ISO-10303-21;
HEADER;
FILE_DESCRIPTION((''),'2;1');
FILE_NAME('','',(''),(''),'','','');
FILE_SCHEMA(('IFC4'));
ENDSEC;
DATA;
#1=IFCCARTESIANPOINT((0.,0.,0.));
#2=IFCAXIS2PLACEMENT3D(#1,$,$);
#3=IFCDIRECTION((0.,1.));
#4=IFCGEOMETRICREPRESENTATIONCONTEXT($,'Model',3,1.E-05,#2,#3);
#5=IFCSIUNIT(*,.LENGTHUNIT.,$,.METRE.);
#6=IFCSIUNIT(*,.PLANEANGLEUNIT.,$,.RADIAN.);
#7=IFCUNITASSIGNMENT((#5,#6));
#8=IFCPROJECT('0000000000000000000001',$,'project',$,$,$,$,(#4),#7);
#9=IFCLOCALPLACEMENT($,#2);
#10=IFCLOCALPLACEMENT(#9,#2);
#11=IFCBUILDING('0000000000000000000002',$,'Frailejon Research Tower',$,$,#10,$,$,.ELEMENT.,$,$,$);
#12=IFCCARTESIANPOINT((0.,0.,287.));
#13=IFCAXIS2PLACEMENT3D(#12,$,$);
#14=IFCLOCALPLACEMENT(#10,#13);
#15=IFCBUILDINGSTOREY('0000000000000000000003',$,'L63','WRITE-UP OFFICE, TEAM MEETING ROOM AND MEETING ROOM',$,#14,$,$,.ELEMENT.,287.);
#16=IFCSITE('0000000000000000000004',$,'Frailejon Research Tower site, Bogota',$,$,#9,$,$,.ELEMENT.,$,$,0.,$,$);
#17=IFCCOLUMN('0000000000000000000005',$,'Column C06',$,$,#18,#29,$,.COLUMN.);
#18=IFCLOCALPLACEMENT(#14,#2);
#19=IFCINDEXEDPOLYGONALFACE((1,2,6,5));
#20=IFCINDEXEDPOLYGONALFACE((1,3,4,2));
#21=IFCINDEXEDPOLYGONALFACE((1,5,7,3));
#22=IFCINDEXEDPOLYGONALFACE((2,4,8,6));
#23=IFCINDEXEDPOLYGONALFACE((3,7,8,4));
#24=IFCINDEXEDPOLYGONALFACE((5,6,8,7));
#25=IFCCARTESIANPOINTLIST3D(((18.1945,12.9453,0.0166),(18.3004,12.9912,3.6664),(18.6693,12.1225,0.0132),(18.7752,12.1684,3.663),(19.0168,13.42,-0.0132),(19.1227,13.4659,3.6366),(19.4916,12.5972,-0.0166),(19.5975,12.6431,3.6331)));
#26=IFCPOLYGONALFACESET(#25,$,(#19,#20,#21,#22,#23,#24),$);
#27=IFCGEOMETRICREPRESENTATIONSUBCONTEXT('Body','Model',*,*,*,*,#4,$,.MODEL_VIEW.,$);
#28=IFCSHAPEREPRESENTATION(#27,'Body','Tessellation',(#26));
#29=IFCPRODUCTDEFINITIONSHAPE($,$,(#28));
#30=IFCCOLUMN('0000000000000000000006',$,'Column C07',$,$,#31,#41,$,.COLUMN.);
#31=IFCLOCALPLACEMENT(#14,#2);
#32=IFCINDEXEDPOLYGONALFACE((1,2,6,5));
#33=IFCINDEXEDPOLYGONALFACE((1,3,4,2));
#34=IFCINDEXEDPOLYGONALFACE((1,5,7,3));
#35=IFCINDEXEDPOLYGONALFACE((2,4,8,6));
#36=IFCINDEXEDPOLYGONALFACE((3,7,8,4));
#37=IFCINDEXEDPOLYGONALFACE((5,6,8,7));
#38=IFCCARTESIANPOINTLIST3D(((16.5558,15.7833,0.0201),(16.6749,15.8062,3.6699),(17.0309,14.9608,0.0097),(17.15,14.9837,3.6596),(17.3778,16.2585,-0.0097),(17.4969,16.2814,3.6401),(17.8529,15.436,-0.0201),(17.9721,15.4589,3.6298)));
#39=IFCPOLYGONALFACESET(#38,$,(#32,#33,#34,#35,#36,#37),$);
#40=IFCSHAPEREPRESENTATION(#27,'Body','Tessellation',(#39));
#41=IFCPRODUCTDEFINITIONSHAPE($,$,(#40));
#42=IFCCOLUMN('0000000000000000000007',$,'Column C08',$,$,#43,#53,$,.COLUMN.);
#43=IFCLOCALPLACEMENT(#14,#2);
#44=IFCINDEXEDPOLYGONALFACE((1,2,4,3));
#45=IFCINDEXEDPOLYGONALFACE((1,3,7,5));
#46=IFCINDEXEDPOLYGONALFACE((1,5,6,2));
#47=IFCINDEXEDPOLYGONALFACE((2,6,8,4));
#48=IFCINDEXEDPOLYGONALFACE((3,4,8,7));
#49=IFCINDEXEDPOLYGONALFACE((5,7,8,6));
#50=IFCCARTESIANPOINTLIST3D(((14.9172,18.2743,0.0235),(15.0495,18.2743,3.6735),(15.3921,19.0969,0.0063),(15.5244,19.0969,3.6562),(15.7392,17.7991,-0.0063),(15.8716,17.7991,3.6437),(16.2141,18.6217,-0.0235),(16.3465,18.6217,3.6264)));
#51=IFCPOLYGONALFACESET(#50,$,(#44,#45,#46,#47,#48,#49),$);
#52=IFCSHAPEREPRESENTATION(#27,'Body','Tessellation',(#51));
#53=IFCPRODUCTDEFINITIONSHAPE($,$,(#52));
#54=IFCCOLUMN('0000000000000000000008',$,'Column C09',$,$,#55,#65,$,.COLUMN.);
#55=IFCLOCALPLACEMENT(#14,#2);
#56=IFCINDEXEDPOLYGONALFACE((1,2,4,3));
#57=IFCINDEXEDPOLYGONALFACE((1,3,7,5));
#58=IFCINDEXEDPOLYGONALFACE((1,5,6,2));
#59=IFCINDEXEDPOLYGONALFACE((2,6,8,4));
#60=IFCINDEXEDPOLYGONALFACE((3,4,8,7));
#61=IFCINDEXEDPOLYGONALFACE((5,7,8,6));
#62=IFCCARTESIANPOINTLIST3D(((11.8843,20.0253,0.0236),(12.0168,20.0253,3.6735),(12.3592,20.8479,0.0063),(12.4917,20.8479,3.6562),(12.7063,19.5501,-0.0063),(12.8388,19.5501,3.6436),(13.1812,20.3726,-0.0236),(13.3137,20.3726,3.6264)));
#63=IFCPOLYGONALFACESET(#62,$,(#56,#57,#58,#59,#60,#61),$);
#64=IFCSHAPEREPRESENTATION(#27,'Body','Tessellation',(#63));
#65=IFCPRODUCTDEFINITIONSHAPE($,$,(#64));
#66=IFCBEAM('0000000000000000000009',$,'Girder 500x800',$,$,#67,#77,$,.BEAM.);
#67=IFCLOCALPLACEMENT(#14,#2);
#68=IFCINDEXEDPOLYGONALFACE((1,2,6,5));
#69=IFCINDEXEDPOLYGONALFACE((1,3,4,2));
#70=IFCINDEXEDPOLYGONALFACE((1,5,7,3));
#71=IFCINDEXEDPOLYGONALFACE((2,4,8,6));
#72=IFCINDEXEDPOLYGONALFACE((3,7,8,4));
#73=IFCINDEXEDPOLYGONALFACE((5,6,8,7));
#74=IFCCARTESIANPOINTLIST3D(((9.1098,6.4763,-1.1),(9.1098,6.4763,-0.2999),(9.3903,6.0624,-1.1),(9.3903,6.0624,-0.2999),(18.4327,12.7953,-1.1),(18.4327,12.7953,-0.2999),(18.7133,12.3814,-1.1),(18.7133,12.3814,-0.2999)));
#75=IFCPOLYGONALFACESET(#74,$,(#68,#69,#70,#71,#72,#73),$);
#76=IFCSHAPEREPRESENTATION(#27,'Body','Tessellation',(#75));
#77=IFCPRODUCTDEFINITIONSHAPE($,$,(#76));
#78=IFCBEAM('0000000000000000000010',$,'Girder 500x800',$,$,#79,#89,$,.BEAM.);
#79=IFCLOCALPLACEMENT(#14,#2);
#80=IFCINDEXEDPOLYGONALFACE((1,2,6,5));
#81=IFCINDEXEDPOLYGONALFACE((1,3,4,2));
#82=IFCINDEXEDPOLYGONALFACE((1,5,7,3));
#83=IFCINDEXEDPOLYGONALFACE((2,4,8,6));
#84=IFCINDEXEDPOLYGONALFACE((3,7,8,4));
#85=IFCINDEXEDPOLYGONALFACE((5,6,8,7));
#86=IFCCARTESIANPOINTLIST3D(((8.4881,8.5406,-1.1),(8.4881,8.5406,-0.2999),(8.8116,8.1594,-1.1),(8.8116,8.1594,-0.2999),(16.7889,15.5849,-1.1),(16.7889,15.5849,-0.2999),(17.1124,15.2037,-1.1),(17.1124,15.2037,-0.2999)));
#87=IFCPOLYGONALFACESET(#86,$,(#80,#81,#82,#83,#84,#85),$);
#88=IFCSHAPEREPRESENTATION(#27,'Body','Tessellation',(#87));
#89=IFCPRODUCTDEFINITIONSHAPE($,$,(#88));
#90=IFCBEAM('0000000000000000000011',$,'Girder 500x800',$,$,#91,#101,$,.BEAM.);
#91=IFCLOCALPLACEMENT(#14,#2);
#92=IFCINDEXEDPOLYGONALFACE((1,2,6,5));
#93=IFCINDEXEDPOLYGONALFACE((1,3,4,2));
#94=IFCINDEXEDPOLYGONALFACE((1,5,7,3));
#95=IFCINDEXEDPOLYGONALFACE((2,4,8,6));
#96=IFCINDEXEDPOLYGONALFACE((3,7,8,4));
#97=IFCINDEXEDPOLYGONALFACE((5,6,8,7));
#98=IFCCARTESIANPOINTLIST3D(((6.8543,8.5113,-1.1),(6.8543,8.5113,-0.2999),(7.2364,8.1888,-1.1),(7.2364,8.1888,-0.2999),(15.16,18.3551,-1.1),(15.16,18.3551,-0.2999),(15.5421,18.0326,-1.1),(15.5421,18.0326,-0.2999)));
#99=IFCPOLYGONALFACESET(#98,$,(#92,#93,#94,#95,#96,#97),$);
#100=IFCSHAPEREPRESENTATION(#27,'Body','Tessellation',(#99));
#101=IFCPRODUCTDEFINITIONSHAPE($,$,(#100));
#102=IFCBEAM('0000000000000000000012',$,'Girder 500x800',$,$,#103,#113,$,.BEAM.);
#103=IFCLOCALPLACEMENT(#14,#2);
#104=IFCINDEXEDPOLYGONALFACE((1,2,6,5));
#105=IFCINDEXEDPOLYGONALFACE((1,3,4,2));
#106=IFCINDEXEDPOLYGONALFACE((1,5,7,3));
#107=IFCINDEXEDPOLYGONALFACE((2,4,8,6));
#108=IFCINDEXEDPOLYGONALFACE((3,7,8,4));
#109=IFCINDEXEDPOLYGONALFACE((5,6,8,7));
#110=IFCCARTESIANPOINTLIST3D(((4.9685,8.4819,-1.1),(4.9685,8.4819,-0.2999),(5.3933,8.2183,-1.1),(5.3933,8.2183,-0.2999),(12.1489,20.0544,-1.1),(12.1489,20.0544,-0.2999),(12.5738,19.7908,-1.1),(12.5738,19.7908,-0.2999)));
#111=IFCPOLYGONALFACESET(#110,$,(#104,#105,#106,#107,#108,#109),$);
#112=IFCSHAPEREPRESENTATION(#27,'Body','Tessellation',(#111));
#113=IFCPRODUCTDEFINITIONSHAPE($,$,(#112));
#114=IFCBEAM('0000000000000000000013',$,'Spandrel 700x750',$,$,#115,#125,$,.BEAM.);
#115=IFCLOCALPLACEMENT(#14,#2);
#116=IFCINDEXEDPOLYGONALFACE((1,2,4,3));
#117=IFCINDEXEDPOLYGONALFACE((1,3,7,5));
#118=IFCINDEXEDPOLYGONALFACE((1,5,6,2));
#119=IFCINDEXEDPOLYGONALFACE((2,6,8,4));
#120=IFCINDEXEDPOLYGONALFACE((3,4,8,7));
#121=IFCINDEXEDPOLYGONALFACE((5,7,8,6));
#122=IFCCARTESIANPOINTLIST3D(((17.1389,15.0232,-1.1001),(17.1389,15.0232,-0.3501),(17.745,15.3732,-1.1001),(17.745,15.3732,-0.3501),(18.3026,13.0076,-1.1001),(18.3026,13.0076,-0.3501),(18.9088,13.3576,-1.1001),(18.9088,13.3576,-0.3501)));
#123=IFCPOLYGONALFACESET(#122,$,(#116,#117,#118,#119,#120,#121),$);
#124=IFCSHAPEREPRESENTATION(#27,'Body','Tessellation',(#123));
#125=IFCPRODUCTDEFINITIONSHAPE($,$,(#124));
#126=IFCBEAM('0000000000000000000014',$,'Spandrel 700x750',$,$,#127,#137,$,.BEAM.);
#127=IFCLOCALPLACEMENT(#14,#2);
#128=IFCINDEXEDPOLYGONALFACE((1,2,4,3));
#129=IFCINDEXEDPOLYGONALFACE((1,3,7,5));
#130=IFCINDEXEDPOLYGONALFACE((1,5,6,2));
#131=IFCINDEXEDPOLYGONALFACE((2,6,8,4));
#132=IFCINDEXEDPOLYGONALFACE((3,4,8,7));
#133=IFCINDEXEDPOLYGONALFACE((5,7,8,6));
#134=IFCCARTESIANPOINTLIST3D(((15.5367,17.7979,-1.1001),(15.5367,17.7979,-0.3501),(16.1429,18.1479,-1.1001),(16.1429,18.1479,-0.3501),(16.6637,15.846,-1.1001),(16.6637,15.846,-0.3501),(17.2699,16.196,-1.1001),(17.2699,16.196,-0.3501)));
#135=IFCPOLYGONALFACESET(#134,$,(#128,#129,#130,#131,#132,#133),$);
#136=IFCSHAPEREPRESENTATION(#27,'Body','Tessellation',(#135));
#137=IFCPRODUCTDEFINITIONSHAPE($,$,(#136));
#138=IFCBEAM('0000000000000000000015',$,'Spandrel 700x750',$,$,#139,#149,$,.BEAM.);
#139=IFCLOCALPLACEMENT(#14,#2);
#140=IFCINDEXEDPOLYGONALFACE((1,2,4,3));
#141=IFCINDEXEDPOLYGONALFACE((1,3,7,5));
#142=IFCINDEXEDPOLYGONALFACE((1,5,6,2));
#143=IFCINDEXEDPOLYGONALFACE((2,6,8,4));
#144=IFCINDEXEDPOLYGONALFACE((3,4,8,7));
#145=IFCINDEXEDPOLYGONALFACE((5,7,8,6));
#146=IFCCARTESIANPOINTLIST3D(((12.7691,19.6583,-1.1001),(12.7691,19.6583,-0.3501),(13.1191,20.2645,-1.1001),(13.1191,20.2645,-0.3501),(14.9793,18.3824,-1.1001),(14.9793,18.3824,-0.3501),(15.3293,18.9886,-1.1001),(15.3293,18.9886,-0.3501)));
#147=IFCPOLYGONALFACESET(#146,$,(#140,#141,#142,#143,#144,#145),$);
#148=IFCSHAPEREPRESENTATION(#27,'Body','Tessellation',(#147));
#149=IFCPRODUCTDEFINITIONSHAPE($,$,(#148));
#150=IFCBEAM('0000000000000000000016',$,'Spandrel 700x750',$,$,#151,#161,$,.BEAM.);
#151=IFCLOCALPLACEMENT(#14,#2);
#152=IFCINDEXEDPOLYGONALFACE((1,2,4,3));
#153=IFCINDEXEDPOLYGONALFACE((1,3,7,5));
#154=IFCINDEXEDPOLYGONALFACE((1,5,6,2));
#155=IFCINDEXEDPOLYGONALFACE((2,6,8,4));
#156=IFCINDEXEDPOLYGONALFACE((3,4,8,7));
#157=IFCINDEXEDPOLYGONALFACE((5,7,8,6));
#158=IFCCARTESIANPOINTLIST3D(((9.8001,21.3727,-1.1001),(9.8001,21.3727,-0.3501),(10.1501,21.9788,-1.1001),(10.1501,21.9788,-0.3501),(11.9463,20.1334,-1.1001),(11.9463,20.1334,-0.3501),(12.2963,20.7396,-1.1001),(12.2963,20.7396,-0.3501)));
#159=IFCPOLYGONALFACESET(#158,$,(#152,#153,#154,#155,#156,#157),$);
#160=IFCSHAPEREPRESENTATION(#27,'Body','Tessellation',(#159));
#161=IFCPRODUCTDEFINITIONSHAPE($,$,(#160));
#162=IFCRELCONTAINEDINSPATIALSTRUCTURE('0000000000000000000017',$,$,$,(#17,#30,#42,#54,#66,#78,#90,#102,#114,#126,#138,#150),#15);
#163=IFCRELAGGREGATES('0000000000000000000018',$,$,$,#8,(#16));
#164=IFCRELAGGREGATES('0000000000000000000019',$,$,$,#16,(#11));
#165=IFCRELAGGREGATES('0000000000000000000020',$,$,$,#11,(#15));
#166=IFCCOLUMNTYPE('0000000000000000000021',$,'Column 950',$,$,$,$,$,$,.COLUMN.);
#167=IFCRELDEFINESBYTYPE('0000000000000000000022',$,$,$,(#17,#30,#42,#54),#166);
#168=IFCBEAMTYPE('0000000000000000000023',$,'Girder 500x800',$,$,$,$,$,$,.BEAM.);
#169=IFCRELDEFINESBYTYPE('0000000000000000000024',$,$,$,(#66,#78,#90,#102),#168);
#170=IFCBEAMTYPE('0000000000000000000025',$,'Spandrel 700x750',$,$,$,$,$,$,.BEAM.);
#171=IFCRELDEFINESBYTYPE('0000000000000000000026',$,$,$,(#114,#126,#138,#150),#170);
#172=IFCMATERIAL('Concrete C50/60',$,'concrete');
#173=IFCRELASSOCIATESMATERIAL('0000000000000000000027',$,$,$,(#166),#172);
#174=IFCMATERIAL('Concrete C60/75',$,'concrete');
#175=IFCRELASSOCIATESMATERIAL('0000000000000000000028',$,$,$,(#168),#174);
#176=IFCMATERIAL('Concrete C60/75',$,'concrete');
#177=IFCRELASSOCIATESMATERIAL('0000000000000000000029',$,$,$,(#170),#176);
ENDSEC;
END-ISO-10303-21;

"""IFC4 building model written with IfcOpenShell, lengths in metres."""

from ifc_helpers import new_model, si_unit, direction, frame, origin, origin_2d, place, context, subcontext, project, spatial, rectangle, extrude, material, material_profile, profile_set, type_object, element, save


model = new_model("IFC4")

# Units and contexts
model_context = context("Model", 3, precision=1e-05, world=origin(), true_north=direction((0.0, 1.0)))
body_context = subcontext(model_context, "Body", "Model", "MODEL_VIEW")
ifc_project = project(units=[si_unit("LENGTHUNIT", "METRE"), si_unit("PLANEANGLEUNIT", "RADIAN")], contexts=[model_context])

# Site, building, storey
site_placement = place(None, origin())
site = spatial("IfcSite", under=ifc_project, at=site_placement, Name="Frailejon Research Tower site, Bogota", CompositionType="ELEMENT", RefElevation=0.0)
building_placement = place(site_placement, origin())
building = spatial("IfcBuilding", under=site, at=building_placement, Name="Frailejon Research Tower", CompositionType="ELEMENT")
storey_placement = place(building_placement, frame((0.0, 0.0, 287.0)))
storey = spatial("IfcBuildingStorey", under=building, at=storey_placement, Name="L63", Description="WRITE-UP OFFICE, TEAM MEETING ROOM AND MEETING ROOM", CompositionType="ELEMENT", Elevation=287.0)

# Columns
ifc_material_1 = material(Name="Concrete C50/60", Category="concrete")
ifc_material_profile_1 = material_profile(ifc_material_1, rectangle(XDim=0.95, YDim=0.95, at=origin_2d()), Name="Column 950")
ifc_profile_set_1 = profile_set([ifc_material_profile_1], Name="Concrete C50/60")
column_type = type_object("IfcColumnType", Name="Column 950", PredefinedType="COLUMN", material=ifc_profile_set_1)
column_1_placement = place(storey_placement, frame((18.843, 12.7712, 0.0), z_axis=(0.029016, 0.012569, 0.9995), x_axis=(-0.499849, 0.866105, 0.003619)))
element("IfcColumn", 1, at=column_1_placement, inside=storey, type_object=column_type, Name="Column C06", PredefinedType="COLUMN", context=body_context, shape_type="SweptSolid", body=[
    extrude(rectangle(XDim=0.95, YDim=0.95, at=origin_2d()), origin(), (0.0, 0.0, 1.0), 3.6516),
])
column_2_placement = place(storey_placement, frame((17.2043, 15.6096, 0.0), z_axis=(0.032624, 0.006284, 0.999448), x_axis=(-0.500159, 0.865865, 0.010882)))
element("IfcColumn", 2, at=column_2_placement, inside=storey, type_object=column_type, Name="Column C07", PredefinedType="COLUMN", context=body_context, shape_type="SweptSolid", body=[
    extrude(rectangle(XDim=0.95, YDim=0.95, at=origin_2d()), origin(), (0.0, 0.0, 1.0), 3.6519),
])
for number, where, z_axis, x_axis, name in (
    (3, (15.5657, 18.448, 0.0), (0.03623, 0.0, 0.999343), (-0.865315, 0.500246, 0.031371), "Column C08"),
    (4, (12.5327, 20.199, 0.0), (0.036297, 0.0, 0.999341), (-0.865313, 0.500246, 0.031429), "Column C09"),
):
    element("IfcColumn", number, at=place(storey_placement, frame(where, z_axis=z_axis, x_axis=x_axis)), inside=storey, type_object=column_type, Name=name, PredefinedType="COLUMN", context=body_context, shape_type="SweptSolid", body=[
        extrude(rectangle(XDim=0.95, YDim=0.95, at=origin_2d()), origin(), (0.0, 0.0, 1.0), 3.6523),
    ])

# Beams
ifc_material_2 = material(Name="Concrete C60/75", Category="concrete")
ifc_material_profile_2 = material_profile(ifc_material_2, rectangle(XDim=0.5, YDim=0.8, at=origin_2d()), Name="Girder 500x800")
ifc_profile_set_2 = profile_set([ifc_material_profile_2], Name="Concrete C60/75")
beam_type_1 = type_object("IfcBeamType", Name="Girder 500x800", PredefinedType="BEAM", material=ifc_profile_set_2)
beam_1_placement = place(storey_placement, frame((18.573, 12.5884, -0.7), z_axis=(-0.827774, -0.561062, 0.0), x_axis=(0.561062, -0.827774, 0.0)))
element("IfcBeam", 5, at=beam_1_placement, inside=storey, type_object=beam_type_1, Name="Girder 500x800", PredefinedType="BEAM", context=body_context, shape_type="SweptSolid", body=[
    extrude(rectangle(XDim=0.5, YDim=0.8, at=origin_2d()), origin(), (0.0, 0.0, 1.0), 11.2627),
])
beam_2_placement = place(storey_placement, frame((16.9507, 15.3943, -0.7), z_axis=(-0.762459, -0.647036, 0.0), x_axis=(0.647036, -0.762459, 0.0)))
element("IfcBeam", 6, at=beam_2_placement, inside=storey, type_object=beam_type_1, Name="Girder 500x800", PredefinedType="BEAM", context=body_context, shape_type="SweptSolid", body=[
    extrude(rectangle(XDim=0.5, YDim=0.8, at=origin_2d()), origin(), (0.0, 0.0, 1.0), 10.887),
])
beam_3_placement = place(storey_placement, frame((15.3511, 18.1938, -0.7), z_axis=(-0.644871, -0.764291, 0.0), x_axis=(0.764291, -0.644871, 0.0)))
element("IfcBeam", 7, at=beam_3_placement, inside=storey, type_object=beam_type_1, Name="Girder 500x800", PredefinedType="BEAM", context=body_context, shape_type="SweptSolid", body=[
    extrude(rectangle(XDim=0.5, YDim=0.8, at=origin_2d()), origin(), (0.0, 0.0, 1.0), 12.8796),
])
beam_4_placement = place(storey_placement, frame((12.3613, 19.9226, -0.7), z_axis=(-0.527229, -0.849723, 0.0), x_axis=(0.849723, -0.527229, 0.0)))
element("IfcBeam", 8, at=beam_4_placement, inside=storey, type_object=beam_type_1, Name="Girder 500x800", PredefinedType="BEAM", context=body_context, shape_type="SweptSolid", body=[
    extrude(rectangle(XDim=0.5, YDim=0.8, at=origin_2d()), origin(), (0.0, 0.0, 1.0), 13.6191),
])
ifc_material_3 = material(Name="Concrete C60/75", Category="concrete")
ifc_material_profile_3 = material_profile(ifc_material_3, rectangle(XDim=0.7, YDim=0.75, at=origin_2d()), Name="Spandrel 700x750")
ifc_profile_set_3 = profile_set([ifc_material_profile_3], Name="Concrete C60/75")
beam_type_2 = type_object("IfcBeamType", Name="Spandrel 700x750", PredefinedType="BEAM", material=ifc_profile_set_3)
beam_5_placement = place(storey_placement, frame((18.6057, 13.1826, -0.7251), z_axis=(-0.500031, 0.866007, 0.0), x_axis=(-0.866007, -0.500031, 0.0)))
element("IfcBeam", 9, at=beam_5_placement, inside=storey, type_object=beam_type_2, Name="Spandrel 700x750", PredefinedType="BEAM", context=body_context, shape_type="SweptSolid", body=[
    extrude(rectangle(XDim=0.7, YDim=0.75, at=origin_2d()), origin(), (0.0, 0.0, 1.0), 2.3274),
])
beam_6_placement = place(storey_placement, frame((16.9668, 16.021, -0.7251), z_axis=(-0.500007, 0.866021, 0.0), x_axis=(-0.866021, -0.500007, 0.0)))
element("IfcBeam", 10, at=beam_6_placement, inside=storey, type_object=beam_type_2, Name="Spandrel 700x750", PredefinedType="BEAM", context=body_context, shape_type="SweptSolid", body=[
    extrude(rectangle(XDim=0.7, YDim=0.75, at=origin_2d()), origin(), (0.0, 0.0, 1.0), 2.2539),
])
beam_7_placement = place(storey_placement, frame((15.1543, 18.6855, -0.7251), z_axis=(-0.866057, 0.499946, 0.0), x_axis=(-0.499946, -0.866057, 0.0)))
element("IfcBeam", 11, at=beam_7_placement, inside=storey, type_object=beam_type_2, Name="Spandrel 700x750", PredefinedType="BEAM", context=body_context, shape_type="SweptSolid", body=[
    extrude(rectangle(XDim=0.7, YDim=0.75, at=origin_2d()), origin(), (0.0, 0.0, 1.0), 2.552),
])
beam_8_placement = place(storey_placement, frame((12.1213, 20.4365, -0.7251), z_axis=(-0.866003, 0.500038, 0.0), x_axis=(-0.500038, -0.866003, 0.0)))
element("IfcBeam", 12, at=beam_8_placement, inside=storey, type_object=beam_type_2, Name="Spandrel 700x750", PredefinedType="BEAM", context=body_context, shape_type="SweptSolid", body=[
    extrude(rectangle(XDim=0.7, YDim=0.75, at=origin_2d()), origin(), (0.0, 0.0, 1.0), 2.4783),
])

save(model, "model.ifc")
